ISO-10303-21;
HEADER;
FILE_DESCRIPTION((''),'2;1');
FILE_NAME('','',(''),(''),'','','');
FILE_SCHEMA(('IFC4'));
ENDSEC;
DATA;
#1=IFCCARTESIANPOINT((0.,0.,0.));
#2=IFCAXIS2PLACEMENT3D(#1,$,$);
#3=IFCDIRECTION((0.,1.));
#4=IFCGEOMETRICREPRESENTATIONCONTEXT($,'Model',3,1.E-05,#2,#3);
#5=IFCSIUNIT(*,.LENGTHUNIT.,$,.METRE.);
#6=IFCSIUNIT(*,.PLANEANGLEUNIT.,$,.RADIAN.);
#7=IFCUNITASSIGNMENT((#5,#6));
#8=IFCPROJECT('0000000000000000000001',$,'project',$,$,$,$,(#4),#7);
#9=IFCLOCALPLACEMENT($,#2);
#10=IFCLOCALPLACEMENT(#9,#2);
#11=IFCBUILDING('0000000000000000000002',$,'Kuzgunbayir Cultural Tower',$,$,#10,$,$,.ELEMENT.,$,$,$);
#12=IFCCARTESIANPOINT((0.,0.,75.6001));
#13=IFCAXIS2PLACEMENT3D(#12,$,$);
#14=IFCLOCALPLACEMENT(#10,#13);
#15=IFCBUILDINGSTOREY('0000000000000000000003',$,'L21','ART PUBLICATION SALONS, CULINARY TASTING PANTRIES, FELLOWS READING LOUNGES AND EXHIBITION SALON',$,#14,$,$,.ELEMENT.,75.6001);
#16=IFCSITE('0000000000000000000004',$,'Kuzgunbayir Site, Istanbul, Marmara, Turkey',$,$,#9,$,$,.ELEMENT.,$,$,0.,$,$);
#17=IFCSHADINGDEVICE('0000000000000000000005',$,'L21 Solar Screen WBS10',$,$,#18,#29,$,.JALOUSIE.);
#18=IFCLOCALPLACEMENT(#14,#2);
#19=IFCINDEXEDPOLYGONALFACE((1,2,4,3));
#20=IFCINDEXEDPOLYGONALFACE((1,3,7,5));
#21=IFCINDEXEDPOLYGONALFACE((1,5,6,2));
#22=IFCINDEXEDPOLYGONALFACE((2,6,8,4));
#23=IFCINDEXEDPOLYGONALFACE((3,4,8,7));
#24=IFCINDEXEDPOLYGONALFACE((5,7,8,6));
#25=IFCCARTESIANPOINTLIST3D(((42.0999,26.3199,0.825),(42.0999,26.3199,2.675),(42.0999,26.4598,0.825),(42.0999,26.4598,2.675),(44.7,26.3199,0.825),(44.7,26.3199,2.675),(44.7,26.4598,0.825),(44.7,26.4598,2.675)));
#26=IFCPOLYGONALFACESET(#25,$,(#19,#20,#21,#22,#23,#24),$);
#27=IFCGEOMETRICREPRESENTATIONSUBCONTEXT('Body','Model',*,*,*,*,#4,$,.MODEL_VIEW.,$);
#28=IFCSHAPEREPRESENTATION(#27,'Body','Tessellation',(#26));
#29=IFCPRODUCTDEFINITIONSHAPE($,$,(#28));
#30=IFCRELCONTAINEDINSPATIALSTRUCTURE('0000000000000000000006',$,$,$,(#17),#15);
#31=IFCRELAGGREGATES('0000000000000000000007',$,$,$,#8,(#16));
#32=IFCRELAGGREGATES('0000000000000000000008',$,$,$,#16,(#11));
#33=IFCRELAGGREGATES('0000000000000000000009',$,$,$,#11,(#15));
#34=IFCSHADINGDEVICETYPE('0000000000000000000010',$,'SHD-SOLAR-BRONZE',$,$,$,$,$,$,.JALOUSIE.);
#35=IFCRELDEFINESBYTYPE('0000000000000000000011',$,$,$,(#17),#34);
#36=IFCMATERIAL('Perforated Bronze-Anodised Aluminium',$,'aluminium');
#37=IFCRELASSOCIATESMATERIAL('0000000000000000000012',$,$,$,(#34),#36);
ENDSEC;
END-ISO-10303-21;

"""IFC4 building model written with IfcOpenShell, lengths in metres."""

from ifc_helpers import new_model, si_unit, direction, frame, origin, origin_2d, place, context, subcontext, project, spatial, rectangle, extrude, material, type_object, element, save


model = new_model("IFC4")

# Units and contexts
model_context = context("Model", 3, precision=1e-05, world=origin(), true_north=direction((0.0, 1.0)))
body_context = subcontext(model_context, "Body", "Model", "MODEL_VIEW")
ifc_project = project(units=[si_unit("LENGTHUNIT", "METRE"), si_unit("PLANEANGLEUNIT", "RADIAN")], contexts=[model_context])

# Site, building, storey
site_placement = place(None, origin())
site = spatial("IfcSite", under=ifc_project, at=site_placement, Name="Kuzgunbayir Site, Istanbul, Marmara, Turkey", CompositionType="ELEMENT", RefElevation=0.0)
building_placement = place(site_placement, origin())
building = spatial("IfcBuilding", under=site, at=building_placement, Name="Kuzgunbayir Cultural Tower", CompositionType="ELEMENT")
storey_placement = place(building_placement, frame((0.0, 0.0, 75.6001)))
storey = spatial("IfcBuildingStorey", under=building, at=storey_placement, Name="L21", Description="ART PUBLICATION SALONS, CULINARY TASTING PANTRIES, FELLOWS READING LOUNGES AND EXHIBITION SALON", CompositionType="ELEMENT", Elevation=75.6001)

# Shading device
ifc_material_1 = material(Name="Perforated Bronze-Anodised Aluminium", Category="aluminium")
shading_device_type = type_object("IfcShadingDeviceType", Name="SHD-SOLAR-BRONZE", PredefinedType="JALOUSIE", material=ifc_material_1)
shading_device_placement = place(storey_placement, frame((43.3999, 26.3899, 0.825), z_axis=(0.0, 0.0, 1.0), x_axis=(1.0, 0.0, 0.0)))
element("IfcShadingDevice", 1, at=shading_device_placement, inside=storey, type_object=shading_device_type, Name="L21 Solar Screen WBS10", PredefinedType="JALOUSIE", context=body_context, shape_type="SweptSolid", body=[
    extrude(rectangle(XDim=2.6001, YDim=0.1399, at=origin_2d()), origin(), (0.0, 0.0, 1.0), 1.8501),
])

save(model, "model.ifc")
